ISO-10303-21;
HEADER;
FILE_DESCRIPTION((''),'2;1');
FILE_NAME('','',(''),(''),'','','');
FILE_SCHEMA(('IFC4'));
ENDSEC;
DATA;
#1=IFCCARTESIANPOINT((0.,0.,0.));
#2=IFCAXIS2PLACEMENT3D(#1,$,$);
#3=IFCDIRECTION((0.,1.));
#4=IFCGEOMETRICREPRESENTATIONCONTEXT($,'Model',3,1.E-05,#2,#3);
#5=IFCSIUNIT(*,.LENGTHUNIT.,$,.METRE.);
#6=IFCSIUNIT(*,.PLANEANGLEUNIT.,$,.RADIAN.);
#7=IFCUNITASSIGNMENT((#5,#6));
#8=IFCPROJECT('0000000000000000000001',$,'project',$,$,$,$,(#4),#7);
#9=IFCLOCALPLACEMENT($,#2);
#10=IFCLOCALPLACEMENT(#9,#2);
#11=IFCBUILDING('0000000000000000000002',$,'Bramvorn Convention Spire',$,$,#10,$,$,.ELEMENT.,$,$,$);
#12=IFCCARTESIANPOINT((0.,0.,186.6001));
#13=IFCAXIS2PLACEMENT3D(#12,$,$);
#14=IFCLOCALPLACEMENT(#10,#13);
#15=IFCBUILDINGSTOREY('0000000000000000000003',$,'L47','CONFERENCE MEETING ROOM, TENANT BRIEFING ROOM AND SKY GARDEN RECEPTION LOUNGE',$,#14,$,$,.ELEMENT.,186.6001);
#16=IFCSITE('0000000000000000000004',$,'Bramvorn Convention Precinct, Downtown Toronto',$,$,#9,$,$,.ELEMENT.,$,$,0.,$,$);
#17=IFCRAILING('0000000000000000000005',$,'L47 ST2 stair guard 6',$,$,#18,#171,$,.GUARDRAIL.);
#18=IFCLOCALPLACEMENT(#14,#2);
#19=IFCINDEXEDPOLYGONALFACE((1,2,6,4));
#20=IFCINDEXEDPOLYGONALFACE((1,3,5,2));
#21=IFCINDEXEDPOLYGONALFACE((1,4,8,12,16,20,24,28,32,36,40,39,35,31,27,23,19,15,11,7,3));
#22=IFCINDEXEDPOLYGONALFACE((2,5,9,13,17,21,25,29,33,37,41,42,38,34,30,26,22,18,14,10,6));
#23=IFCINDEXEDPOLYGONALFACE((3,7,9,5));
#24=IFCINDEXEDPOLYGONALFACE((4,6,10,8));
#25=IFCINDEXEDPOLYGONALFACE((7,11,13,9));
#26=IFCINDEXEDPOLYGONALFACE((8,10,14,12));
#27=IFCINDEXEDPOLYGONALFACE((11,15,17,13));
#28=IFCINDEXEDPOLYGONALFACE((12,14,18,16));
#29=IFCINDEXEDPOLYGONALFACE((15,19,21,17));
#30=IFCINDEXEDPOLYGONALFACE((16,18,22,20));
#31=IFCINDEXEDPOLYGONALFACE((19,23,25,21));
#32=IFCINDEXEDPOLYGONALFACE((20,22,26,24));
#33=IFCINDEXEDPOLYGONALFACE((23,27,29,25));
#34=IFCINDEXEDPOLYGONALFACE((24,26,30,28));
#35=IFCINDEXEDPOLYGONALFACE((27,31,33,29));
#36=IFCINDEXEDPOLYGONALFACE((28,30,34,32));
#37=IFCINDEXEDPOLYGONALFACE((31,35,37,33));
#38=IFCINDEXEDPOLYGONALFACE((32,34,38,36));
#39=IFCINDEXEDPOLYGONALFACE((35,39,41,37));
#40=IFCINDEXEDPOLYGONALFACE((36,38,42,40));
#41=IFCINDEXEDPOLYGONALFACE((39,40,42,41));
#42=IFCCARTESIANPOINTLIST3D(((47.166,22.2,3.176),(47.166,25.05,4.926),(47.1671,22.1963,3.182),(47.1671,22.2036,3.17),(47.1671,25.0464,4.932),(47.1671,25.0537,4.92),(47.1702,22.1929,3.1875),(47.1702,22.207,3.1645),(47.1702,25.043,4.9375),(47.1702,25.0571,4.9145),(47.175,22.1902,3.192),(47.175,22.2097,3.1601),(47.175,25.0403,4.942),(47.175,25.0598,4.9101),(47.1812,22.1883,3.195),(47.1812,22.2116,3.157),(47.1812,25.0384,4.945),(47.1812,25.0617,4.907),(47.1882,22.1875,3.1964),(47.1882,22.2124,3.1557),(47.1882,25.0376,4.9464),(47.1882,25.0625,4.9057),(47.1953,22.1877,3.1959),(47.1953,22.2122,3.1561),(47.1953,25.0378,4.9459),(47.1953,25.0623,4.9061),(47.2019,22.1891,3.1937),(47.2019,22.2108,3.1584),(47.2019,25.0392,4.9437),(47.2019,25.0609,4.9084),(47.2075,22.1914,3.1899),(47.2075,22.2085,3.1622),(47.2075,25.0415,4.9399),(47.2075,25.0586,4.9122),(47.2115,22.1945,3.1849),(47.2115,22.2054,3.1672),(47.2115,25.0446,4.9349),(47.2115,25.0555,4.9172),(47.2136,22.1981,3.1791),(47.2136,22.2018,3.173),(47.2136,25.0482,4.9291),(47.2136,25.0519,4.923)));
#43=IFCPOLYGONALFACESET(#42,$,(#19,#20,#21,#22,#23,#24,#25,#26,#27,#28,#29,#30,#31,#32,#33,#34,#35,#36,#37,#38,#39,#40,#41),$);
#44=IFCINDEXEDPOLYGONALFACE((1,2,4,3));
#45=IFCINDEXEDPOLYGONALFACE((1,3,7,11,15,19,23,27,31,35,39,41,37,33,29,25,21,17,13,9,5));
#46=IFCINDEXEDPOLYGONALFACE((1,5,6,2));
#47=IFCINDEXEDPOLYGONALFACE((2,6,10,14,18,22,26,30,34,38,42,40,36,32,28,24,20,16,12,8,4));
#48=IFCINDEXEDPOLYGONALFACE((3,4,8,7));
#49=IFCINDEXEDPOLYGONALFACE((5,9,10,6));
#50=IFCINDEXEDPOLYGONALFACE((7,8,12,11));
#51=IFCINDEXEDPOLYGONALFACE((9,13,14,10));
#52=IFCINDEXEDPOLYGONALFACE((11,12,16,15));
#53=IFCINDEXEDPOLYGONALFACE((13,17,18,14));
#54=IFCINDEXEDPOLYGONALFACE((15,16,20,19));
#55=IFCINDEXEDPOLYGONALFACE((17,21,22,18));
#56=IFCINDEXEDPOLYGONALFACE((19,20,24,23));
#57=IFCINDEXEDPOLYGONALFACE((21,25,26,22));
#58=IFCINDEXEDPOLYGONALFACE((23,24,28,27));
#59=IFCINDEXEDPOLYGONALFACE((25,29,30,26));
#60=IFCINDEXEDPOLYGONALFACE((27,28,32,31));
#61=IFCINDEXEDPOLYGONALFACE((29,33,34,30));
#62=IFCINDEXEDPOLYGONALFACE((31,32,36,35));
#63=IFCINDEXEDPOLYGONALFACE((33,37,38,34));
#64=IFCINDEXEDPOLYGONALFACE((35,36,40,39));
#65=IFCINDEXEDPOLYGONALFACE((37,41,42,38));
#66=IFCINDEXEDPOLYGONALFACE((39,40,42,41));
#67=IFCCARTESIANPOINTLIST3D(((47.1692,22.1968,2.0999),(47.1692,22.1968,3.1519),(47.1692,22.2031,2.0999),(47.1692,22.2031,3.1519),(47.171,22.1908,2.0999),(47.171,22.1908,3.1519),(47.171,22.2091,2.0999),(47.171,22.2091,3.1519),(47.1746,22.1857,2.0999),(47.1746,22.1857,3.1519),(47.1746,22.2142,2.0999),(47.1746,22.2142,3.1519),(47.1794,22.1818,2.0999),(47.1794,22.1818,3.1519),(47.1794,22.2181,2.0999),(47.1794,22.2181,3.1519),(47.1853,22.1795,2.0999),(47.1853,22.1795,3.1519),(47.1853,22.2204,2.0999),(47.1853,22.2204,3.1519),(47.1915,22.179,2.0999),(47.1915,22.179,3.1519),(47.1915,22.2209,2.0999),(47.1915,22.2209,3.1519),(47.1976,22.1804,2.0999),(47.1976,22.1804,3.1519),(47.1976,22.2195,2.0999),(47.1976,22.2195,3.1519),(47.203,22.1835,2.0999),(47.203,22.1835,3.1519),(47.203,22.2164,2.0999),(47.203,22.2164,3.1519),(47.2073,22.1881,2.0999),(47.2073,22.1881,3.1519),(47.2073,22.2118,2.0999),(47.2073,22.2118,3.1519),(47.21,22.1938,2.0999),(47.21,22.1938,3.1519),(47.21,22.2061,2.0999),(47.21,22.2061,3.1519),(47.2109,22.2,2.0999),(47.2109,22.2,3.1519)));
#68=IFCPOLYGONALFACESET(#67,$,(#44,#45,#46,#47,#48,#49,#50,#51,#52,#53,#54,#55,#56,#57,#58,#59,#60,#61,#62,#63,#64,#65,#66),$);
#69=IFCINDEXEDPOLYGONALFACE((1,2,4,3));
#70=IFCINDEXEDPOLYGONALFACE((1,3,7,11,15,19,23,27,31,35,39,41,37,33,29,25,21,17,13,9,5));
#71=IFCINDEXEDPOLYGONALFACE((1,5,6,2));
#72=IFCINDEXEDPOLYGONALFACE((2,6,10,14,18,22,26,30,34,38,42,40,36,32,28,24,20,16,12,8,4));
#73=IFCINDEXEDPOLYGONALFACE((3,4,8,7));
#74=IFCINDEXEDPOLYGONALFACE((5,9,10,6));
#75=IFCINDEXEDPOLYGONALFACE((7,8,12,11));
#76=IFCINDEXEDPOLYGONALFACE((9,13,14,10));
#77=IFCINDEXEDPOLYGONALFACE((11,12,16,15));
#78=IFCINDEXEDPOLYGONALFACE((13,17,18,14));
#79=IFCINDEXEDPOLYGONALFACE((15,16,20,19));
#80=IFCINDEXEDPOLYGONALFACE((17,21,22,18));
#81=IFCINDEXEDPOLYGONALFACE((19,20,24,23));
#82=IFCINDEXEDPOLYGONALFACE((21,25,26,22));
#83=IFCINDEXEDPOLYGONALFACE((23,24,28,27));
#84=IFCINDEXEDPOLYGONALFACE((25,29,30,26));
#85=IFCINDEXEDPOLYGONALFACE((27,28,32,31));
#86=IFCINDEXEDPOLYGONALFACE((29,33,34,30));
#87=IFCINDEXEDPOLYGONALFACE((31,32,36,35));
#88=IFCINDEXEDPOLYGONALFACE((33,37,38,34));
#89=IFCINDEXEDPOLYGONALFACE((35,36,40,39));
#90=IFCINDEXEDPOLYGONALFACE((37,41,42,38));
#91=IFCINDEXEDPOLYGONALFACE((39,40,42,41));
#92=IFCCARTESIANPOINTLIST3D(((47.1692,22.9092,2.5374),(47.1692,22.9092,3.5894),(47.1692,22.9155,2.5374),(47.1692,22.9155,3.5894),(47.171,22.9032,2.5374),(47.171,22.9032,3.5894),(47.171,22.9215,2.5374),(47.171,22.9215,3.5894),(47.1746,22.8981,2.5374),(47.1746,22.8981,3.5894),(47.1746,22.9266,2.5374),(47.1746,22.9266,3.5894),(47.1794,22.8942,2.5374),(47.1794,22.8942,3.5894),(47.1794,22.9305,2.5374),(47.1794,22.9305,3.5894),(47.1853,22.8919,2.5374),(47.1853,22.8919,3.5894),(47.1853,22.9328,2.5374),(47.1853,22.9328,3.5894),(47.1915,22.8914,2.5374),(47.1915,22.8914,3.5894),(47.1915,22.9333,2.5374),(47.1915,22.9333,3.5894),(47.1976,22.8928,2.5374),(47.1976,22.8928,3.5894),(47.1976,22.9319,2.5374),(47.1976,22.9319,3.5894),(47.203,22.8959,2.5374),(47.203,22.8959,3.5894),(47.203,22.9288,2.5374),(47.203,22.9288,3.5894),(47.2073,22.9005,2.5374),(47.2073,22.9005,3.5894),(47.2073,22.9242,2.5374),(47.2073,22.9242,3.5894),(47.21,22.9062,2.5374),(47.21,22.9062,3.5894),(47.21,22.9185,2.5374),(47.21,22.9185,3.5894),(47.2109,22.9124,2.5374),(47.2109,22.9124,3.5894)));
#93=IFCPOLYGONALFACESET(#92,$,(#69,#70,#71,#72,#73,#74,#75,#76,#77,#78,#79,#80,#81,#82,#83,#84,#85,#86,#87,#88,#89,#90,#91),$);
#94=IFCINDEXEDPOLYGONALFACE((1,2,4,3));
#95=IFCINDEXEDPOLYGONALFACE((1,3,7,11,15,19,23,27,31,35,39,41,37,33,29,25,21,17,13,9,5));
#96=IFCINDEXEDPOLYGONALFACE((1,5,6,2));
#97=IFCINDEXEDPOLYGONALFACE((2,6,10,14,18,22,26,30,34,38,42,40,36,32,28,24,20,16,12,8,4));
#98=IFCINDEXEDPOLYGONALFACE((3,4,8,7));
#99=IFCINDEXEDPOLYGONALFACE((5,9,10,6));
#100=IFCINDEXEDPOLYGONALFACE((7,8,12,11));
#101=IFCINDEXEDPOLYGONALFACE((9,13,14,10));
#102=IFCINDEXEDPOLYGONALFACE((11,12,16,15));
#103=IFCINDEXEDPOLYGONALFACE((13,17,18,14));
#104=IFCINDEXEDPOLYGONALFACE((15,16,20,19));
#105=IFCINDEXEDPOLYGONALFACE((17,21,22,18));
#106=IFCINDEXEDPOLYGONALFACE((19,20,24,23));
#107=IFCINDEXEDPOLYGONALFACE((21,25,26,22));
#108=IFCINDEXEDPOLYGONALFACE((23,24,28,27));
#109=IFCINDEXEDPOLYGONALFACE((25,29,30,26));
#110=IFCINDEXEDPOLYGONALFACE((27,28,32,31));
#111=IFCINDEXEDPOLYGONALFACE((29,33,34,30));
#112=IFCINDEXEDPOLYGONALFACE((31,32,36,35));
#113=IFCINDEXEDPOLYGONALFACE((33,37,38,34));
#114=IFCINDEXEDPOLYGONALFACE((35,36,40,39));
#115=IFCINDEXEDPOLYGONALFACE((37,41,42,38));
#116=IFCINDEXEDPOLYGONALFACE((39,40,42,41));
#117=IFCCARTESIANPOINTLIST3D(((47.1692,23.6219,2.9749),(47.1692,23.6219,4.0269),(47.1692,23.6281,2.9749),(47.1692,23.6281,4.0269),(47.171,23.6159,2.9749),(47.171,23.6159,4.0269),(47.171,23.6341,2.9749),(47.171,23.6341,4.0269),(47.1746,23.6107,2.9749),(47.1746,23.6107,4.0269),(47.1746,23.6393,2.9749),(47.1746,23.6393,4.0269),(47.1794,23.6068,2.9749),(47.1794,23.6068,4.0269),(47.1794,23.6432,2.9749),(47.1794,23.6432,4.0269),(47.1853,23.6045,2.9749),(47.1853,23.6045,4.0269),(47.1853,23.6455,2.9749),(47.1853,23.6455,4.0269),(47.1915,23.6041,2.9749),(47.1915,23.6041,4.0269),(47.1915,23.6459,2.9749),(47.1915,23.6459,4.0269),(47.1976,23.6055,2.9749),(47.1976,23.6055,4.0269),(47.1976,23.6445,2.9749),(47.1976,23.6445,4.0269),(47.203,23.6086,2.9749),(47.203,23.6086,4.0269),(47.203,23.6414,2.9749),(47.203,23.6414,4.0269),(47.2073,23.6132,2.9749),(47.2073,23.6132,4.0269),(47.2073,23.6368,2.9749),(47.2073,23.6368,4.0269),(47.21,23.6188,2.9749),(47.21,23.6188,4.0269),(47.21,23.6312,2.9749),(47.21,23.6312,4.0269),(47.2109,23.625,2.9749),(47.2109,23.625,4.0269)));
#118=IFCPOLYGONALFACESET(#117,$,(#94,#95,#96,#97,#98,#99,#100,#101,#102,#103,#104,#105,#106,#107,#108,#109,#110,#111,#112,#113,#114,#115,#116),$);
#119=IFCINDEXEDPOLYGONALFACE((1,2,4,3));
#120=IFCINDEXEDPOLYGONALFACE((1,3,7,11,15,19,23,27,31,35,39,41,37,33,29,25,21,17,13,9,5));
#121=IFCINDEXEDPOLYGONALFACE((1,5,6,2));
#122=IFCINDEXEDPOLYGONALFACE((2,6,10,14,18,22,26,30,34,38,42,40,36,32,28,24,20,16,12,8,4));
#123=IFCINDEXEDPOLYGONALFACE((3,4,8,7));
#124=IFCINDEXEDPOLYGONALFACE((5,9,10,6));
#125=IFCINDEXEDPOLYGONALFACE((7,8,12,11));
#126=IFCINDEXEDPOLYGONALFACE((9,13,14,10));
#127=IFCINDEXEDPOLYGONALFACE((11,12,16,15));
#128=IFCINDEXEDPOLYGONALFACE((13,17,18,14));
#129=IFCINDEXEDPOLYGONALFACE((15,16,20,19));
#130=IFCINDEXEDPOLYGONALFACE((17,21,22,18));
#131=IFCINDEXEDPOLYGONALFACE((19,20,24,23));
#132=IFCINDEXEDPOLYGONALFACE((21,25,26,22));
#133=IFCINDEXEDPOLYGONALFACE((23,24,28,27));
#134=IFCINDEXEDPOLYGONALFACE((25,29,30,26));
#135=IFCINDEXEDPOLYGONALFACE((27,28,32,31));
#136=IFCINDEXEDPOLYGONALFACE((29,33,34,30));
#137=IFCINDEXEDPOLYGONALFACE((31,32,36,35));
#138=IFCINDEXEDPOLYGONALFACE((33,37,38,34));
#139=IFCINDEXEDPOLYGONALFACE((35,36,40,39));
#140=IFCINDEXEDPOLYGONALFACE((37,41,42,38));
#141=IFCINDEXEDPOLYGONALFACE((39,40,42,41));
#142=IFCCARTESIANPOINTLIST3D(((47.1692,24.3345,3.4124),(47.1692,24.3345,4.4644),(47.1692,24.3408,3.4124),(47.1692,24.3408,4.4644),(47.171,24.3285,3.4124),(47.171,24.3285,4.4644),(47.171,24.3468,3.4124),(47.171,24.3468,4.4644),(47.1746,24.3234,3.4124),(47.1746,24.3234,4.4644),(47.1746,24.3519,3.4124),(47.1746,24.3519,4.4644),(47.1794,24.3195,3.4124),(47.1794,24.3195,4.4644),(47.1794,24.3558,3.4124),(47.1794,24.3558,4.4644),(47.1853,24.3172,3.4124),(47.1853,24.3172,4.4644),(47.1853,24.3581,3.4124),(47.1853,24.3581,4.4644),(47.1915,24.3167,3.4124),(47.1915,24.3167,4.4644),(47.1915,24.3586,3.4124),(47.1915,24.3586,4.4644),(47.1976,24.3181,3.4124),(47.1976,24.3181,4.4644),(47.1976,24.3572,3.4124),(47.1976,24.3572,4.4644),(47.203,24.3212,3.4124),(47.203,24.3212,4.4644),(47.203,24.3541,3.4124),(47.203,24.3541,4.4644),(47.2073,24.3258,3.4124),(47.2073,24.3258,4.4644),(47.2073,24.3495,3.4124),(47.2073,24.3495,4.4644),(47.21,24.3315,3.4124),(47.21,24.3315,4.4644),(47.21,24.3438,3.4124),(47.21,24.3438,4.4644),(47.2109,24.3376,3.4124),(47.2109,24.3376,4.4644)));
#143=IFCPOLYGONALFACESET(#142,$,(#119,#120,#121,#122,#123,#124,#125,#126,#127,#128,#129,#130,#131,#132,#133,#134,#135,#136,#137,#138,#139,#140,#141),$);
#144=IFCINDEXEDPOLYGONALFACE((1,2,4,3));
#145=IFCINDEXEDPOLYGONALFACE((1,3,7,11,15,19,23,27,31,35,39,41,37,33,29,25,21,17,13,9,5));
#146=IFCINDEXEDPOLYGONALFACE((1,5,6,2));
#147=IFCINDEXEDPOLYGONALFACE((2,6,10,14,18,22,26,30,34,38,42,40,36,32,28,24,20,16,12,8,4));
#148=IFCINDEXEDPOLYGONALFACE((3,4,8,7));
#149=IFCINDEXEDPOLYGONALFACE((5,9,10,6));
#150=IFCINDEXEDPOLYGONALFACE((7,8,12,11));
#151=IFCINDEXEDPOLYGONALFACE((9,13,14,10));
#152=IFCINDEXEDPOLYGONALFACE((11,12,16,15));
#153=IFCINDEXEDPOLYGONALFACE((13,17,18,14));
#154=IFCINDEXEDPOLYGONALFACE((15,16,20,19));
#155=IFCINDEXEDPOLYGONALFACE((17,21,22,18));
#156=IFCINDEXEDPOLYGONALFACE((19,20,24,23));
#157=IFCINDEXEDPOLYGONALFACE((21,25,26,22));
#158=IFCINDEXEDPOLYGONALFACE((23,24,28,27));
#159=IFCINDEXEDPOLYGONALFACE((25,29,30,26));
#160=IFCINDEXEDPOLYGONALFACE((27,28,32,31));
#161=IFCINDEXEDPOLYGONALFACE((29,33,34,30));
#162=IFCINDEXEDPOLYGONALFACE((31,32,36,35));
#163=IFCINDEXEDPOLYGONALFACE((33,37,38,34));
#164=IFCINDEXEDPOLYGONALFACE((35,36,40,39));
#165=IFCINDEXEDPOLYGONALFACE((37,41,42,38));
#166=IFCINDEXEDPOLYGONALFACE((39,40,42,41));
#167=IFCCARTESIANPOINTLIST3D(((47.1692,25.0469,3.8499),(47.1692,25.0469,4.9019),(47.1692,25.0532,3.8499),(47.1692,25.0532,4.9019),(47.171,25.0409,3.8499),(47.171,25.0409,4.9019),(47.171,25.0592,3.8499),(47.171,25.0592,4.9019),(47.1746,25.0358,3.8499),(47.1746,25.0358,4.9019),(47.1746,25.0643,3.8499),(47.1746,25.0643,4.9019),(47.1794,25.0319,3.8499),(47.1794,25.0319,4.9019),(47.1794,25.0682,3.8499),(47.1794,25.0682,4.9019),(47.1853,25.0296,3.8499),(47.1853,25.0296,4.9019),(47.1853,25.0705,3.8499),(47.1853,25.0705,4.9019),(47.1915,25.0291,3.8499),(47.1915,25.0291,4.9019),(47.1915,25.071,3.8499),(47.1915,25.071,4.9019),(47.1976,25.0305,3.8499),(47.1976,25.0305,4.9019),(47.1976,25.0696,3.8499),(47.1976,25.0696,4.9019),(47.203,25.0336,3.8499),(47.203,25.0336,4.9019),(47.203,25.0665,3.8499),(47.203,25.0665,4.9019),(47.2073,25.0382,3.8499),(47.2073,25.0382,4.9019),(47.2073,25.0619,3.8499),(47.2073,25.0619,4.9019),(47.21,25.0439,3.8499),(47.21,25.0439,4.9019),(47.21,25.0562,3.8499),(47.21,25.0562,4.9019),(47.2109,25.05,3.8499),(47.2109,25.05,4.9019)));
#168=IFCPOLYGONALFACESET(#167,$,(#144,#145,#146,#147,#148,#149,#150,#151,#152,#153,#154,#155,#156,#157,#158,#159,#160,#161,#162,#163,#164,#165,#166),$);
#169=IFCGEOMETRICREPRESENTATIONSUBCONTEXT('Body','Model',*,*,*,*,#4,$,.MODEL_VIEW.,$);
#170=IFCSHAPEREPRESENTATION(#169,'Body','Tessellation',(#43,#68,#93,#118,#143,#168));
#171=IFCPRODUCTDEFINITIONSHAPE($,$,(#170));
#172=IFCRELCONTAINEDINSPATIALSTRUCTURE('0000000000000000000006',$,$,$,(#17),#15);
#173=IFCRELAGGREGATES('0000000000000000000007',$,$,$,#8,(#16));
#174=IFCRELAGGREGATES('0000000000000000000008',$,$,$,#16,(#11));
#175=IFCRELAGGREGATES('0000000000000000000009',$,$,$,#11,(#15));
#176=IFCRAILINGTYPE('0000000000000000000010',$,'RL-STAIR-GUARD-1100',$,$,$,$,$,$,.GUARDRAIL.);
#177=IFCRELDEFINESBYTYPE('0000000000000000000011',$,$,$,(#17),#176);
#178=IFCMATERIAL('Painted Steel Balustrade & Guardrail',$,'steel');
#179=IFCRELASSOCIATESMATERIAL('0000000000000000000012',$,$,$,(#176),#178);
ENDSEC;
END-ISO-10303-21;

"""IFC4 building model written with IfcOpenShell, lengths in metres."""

from ifc_helpers import new_model, si_unit, direction, frame, origin, origin_2d, place, context, subcontext, project, spatial, circle, extrude, material, type_object, element, save


model = new_model("IFC4")

# Units and contexts
model_context = context("Model", 3, precision=1e-05, world=origin(), true_north=direction((0.0, 1.0)))
body_context = subcontext(model_context, "Body", "Model", "MODEL_VIEW")
ifc_project = project(units=[si_unit("LENGTHUNIT", "METRE"), si_unit("PLANEANGLEUNIT", "RADIAN")], contexts=[model_context])

# Site, building, storey
site_placement = place(None, origin())
site = spatial("IfcSite", under=ifc_project, at=site_placement, Name="Bramvorn Convention Precinct, Downtown Toronto", CompositionType="ELEMENT", RefElevation=0.0)
building_placement = place(site_placement, origin())
building = spatial("IfcBuilding", under=site, at=building_placement, Name="Bramvorn Convention Spire", CompositionType="ELEMENT")
storey_placement = place(building_placement, frame((0.0, 0.0, 186.6001)))
storey = spatial("IfcBuildingStorey", under=building, at=storey_placement, Name="L47", Description="CONFERENCE MEETING ROOM, TENANT BRIEFING ROOM AND SKY GARDEN RECEPTION LOUNGE", CompositionType="ELEMENT", Elevation=186.6001)

# Railing
ifc_material_1 = material(Name="Painted Steel Balustrade & Guardrail", Category="steel")
railing_type_1 = type_object("IfcRailingType", Name="RL-STAIR-GUARD-1100", PredefinedType="GUARDRAIL", material=ifc_material_1)
railing_1_placement = place(storey_placement, frame((47.1899, 22.2, 2.0999)))
element("IfcRailing", 1, at=railing_1_placement, inside=storey, type_object=railing_type_1, Name="L47 ST2 stair guard 6", PredefinedType="GUARDRAIL", context=body_context, shape_type="SweptSolid", body=[
    extrude(circle(Radius=0.0239, at=origin_2d()), frame((0.0, 0.0, 1.0762), z_axis=(0.0, 0.852179, 0.52325), x_axis=(-1.0, 0.0, 0.0)), (0.0, 0.0, 1.0), 3.3445),
    extrude(circle(Radius=0.021, at=origin_2d()), origin(), (0.0, 0.0, 1.0), 1.052),
    extrude(circle(Radius=0.021, at=origin_2d()), frame((0.0, 0.7124, 0.4375)), (0.0, 0.0, 1.0), 1.052),
    extrude(circle(Radius=0.021, at=origin_2d()), frame((0.0, 1.425, 0.875)), (0.0, 0.0, 1.0), 1.052),
    extrude(circle(Radius=0.021, at=origin_2d()), frame((0.0, 2.1377, 1.3125)), (0.0, 0.0, 1.0), 1.052),
    extrude(circle(Radius=0.021, at=origin_2d()), frame((0.0, 2.8501, 1.75)), (0.0, 0.0, 1.0), 1.052),
])

save(model, "model.ifc")
